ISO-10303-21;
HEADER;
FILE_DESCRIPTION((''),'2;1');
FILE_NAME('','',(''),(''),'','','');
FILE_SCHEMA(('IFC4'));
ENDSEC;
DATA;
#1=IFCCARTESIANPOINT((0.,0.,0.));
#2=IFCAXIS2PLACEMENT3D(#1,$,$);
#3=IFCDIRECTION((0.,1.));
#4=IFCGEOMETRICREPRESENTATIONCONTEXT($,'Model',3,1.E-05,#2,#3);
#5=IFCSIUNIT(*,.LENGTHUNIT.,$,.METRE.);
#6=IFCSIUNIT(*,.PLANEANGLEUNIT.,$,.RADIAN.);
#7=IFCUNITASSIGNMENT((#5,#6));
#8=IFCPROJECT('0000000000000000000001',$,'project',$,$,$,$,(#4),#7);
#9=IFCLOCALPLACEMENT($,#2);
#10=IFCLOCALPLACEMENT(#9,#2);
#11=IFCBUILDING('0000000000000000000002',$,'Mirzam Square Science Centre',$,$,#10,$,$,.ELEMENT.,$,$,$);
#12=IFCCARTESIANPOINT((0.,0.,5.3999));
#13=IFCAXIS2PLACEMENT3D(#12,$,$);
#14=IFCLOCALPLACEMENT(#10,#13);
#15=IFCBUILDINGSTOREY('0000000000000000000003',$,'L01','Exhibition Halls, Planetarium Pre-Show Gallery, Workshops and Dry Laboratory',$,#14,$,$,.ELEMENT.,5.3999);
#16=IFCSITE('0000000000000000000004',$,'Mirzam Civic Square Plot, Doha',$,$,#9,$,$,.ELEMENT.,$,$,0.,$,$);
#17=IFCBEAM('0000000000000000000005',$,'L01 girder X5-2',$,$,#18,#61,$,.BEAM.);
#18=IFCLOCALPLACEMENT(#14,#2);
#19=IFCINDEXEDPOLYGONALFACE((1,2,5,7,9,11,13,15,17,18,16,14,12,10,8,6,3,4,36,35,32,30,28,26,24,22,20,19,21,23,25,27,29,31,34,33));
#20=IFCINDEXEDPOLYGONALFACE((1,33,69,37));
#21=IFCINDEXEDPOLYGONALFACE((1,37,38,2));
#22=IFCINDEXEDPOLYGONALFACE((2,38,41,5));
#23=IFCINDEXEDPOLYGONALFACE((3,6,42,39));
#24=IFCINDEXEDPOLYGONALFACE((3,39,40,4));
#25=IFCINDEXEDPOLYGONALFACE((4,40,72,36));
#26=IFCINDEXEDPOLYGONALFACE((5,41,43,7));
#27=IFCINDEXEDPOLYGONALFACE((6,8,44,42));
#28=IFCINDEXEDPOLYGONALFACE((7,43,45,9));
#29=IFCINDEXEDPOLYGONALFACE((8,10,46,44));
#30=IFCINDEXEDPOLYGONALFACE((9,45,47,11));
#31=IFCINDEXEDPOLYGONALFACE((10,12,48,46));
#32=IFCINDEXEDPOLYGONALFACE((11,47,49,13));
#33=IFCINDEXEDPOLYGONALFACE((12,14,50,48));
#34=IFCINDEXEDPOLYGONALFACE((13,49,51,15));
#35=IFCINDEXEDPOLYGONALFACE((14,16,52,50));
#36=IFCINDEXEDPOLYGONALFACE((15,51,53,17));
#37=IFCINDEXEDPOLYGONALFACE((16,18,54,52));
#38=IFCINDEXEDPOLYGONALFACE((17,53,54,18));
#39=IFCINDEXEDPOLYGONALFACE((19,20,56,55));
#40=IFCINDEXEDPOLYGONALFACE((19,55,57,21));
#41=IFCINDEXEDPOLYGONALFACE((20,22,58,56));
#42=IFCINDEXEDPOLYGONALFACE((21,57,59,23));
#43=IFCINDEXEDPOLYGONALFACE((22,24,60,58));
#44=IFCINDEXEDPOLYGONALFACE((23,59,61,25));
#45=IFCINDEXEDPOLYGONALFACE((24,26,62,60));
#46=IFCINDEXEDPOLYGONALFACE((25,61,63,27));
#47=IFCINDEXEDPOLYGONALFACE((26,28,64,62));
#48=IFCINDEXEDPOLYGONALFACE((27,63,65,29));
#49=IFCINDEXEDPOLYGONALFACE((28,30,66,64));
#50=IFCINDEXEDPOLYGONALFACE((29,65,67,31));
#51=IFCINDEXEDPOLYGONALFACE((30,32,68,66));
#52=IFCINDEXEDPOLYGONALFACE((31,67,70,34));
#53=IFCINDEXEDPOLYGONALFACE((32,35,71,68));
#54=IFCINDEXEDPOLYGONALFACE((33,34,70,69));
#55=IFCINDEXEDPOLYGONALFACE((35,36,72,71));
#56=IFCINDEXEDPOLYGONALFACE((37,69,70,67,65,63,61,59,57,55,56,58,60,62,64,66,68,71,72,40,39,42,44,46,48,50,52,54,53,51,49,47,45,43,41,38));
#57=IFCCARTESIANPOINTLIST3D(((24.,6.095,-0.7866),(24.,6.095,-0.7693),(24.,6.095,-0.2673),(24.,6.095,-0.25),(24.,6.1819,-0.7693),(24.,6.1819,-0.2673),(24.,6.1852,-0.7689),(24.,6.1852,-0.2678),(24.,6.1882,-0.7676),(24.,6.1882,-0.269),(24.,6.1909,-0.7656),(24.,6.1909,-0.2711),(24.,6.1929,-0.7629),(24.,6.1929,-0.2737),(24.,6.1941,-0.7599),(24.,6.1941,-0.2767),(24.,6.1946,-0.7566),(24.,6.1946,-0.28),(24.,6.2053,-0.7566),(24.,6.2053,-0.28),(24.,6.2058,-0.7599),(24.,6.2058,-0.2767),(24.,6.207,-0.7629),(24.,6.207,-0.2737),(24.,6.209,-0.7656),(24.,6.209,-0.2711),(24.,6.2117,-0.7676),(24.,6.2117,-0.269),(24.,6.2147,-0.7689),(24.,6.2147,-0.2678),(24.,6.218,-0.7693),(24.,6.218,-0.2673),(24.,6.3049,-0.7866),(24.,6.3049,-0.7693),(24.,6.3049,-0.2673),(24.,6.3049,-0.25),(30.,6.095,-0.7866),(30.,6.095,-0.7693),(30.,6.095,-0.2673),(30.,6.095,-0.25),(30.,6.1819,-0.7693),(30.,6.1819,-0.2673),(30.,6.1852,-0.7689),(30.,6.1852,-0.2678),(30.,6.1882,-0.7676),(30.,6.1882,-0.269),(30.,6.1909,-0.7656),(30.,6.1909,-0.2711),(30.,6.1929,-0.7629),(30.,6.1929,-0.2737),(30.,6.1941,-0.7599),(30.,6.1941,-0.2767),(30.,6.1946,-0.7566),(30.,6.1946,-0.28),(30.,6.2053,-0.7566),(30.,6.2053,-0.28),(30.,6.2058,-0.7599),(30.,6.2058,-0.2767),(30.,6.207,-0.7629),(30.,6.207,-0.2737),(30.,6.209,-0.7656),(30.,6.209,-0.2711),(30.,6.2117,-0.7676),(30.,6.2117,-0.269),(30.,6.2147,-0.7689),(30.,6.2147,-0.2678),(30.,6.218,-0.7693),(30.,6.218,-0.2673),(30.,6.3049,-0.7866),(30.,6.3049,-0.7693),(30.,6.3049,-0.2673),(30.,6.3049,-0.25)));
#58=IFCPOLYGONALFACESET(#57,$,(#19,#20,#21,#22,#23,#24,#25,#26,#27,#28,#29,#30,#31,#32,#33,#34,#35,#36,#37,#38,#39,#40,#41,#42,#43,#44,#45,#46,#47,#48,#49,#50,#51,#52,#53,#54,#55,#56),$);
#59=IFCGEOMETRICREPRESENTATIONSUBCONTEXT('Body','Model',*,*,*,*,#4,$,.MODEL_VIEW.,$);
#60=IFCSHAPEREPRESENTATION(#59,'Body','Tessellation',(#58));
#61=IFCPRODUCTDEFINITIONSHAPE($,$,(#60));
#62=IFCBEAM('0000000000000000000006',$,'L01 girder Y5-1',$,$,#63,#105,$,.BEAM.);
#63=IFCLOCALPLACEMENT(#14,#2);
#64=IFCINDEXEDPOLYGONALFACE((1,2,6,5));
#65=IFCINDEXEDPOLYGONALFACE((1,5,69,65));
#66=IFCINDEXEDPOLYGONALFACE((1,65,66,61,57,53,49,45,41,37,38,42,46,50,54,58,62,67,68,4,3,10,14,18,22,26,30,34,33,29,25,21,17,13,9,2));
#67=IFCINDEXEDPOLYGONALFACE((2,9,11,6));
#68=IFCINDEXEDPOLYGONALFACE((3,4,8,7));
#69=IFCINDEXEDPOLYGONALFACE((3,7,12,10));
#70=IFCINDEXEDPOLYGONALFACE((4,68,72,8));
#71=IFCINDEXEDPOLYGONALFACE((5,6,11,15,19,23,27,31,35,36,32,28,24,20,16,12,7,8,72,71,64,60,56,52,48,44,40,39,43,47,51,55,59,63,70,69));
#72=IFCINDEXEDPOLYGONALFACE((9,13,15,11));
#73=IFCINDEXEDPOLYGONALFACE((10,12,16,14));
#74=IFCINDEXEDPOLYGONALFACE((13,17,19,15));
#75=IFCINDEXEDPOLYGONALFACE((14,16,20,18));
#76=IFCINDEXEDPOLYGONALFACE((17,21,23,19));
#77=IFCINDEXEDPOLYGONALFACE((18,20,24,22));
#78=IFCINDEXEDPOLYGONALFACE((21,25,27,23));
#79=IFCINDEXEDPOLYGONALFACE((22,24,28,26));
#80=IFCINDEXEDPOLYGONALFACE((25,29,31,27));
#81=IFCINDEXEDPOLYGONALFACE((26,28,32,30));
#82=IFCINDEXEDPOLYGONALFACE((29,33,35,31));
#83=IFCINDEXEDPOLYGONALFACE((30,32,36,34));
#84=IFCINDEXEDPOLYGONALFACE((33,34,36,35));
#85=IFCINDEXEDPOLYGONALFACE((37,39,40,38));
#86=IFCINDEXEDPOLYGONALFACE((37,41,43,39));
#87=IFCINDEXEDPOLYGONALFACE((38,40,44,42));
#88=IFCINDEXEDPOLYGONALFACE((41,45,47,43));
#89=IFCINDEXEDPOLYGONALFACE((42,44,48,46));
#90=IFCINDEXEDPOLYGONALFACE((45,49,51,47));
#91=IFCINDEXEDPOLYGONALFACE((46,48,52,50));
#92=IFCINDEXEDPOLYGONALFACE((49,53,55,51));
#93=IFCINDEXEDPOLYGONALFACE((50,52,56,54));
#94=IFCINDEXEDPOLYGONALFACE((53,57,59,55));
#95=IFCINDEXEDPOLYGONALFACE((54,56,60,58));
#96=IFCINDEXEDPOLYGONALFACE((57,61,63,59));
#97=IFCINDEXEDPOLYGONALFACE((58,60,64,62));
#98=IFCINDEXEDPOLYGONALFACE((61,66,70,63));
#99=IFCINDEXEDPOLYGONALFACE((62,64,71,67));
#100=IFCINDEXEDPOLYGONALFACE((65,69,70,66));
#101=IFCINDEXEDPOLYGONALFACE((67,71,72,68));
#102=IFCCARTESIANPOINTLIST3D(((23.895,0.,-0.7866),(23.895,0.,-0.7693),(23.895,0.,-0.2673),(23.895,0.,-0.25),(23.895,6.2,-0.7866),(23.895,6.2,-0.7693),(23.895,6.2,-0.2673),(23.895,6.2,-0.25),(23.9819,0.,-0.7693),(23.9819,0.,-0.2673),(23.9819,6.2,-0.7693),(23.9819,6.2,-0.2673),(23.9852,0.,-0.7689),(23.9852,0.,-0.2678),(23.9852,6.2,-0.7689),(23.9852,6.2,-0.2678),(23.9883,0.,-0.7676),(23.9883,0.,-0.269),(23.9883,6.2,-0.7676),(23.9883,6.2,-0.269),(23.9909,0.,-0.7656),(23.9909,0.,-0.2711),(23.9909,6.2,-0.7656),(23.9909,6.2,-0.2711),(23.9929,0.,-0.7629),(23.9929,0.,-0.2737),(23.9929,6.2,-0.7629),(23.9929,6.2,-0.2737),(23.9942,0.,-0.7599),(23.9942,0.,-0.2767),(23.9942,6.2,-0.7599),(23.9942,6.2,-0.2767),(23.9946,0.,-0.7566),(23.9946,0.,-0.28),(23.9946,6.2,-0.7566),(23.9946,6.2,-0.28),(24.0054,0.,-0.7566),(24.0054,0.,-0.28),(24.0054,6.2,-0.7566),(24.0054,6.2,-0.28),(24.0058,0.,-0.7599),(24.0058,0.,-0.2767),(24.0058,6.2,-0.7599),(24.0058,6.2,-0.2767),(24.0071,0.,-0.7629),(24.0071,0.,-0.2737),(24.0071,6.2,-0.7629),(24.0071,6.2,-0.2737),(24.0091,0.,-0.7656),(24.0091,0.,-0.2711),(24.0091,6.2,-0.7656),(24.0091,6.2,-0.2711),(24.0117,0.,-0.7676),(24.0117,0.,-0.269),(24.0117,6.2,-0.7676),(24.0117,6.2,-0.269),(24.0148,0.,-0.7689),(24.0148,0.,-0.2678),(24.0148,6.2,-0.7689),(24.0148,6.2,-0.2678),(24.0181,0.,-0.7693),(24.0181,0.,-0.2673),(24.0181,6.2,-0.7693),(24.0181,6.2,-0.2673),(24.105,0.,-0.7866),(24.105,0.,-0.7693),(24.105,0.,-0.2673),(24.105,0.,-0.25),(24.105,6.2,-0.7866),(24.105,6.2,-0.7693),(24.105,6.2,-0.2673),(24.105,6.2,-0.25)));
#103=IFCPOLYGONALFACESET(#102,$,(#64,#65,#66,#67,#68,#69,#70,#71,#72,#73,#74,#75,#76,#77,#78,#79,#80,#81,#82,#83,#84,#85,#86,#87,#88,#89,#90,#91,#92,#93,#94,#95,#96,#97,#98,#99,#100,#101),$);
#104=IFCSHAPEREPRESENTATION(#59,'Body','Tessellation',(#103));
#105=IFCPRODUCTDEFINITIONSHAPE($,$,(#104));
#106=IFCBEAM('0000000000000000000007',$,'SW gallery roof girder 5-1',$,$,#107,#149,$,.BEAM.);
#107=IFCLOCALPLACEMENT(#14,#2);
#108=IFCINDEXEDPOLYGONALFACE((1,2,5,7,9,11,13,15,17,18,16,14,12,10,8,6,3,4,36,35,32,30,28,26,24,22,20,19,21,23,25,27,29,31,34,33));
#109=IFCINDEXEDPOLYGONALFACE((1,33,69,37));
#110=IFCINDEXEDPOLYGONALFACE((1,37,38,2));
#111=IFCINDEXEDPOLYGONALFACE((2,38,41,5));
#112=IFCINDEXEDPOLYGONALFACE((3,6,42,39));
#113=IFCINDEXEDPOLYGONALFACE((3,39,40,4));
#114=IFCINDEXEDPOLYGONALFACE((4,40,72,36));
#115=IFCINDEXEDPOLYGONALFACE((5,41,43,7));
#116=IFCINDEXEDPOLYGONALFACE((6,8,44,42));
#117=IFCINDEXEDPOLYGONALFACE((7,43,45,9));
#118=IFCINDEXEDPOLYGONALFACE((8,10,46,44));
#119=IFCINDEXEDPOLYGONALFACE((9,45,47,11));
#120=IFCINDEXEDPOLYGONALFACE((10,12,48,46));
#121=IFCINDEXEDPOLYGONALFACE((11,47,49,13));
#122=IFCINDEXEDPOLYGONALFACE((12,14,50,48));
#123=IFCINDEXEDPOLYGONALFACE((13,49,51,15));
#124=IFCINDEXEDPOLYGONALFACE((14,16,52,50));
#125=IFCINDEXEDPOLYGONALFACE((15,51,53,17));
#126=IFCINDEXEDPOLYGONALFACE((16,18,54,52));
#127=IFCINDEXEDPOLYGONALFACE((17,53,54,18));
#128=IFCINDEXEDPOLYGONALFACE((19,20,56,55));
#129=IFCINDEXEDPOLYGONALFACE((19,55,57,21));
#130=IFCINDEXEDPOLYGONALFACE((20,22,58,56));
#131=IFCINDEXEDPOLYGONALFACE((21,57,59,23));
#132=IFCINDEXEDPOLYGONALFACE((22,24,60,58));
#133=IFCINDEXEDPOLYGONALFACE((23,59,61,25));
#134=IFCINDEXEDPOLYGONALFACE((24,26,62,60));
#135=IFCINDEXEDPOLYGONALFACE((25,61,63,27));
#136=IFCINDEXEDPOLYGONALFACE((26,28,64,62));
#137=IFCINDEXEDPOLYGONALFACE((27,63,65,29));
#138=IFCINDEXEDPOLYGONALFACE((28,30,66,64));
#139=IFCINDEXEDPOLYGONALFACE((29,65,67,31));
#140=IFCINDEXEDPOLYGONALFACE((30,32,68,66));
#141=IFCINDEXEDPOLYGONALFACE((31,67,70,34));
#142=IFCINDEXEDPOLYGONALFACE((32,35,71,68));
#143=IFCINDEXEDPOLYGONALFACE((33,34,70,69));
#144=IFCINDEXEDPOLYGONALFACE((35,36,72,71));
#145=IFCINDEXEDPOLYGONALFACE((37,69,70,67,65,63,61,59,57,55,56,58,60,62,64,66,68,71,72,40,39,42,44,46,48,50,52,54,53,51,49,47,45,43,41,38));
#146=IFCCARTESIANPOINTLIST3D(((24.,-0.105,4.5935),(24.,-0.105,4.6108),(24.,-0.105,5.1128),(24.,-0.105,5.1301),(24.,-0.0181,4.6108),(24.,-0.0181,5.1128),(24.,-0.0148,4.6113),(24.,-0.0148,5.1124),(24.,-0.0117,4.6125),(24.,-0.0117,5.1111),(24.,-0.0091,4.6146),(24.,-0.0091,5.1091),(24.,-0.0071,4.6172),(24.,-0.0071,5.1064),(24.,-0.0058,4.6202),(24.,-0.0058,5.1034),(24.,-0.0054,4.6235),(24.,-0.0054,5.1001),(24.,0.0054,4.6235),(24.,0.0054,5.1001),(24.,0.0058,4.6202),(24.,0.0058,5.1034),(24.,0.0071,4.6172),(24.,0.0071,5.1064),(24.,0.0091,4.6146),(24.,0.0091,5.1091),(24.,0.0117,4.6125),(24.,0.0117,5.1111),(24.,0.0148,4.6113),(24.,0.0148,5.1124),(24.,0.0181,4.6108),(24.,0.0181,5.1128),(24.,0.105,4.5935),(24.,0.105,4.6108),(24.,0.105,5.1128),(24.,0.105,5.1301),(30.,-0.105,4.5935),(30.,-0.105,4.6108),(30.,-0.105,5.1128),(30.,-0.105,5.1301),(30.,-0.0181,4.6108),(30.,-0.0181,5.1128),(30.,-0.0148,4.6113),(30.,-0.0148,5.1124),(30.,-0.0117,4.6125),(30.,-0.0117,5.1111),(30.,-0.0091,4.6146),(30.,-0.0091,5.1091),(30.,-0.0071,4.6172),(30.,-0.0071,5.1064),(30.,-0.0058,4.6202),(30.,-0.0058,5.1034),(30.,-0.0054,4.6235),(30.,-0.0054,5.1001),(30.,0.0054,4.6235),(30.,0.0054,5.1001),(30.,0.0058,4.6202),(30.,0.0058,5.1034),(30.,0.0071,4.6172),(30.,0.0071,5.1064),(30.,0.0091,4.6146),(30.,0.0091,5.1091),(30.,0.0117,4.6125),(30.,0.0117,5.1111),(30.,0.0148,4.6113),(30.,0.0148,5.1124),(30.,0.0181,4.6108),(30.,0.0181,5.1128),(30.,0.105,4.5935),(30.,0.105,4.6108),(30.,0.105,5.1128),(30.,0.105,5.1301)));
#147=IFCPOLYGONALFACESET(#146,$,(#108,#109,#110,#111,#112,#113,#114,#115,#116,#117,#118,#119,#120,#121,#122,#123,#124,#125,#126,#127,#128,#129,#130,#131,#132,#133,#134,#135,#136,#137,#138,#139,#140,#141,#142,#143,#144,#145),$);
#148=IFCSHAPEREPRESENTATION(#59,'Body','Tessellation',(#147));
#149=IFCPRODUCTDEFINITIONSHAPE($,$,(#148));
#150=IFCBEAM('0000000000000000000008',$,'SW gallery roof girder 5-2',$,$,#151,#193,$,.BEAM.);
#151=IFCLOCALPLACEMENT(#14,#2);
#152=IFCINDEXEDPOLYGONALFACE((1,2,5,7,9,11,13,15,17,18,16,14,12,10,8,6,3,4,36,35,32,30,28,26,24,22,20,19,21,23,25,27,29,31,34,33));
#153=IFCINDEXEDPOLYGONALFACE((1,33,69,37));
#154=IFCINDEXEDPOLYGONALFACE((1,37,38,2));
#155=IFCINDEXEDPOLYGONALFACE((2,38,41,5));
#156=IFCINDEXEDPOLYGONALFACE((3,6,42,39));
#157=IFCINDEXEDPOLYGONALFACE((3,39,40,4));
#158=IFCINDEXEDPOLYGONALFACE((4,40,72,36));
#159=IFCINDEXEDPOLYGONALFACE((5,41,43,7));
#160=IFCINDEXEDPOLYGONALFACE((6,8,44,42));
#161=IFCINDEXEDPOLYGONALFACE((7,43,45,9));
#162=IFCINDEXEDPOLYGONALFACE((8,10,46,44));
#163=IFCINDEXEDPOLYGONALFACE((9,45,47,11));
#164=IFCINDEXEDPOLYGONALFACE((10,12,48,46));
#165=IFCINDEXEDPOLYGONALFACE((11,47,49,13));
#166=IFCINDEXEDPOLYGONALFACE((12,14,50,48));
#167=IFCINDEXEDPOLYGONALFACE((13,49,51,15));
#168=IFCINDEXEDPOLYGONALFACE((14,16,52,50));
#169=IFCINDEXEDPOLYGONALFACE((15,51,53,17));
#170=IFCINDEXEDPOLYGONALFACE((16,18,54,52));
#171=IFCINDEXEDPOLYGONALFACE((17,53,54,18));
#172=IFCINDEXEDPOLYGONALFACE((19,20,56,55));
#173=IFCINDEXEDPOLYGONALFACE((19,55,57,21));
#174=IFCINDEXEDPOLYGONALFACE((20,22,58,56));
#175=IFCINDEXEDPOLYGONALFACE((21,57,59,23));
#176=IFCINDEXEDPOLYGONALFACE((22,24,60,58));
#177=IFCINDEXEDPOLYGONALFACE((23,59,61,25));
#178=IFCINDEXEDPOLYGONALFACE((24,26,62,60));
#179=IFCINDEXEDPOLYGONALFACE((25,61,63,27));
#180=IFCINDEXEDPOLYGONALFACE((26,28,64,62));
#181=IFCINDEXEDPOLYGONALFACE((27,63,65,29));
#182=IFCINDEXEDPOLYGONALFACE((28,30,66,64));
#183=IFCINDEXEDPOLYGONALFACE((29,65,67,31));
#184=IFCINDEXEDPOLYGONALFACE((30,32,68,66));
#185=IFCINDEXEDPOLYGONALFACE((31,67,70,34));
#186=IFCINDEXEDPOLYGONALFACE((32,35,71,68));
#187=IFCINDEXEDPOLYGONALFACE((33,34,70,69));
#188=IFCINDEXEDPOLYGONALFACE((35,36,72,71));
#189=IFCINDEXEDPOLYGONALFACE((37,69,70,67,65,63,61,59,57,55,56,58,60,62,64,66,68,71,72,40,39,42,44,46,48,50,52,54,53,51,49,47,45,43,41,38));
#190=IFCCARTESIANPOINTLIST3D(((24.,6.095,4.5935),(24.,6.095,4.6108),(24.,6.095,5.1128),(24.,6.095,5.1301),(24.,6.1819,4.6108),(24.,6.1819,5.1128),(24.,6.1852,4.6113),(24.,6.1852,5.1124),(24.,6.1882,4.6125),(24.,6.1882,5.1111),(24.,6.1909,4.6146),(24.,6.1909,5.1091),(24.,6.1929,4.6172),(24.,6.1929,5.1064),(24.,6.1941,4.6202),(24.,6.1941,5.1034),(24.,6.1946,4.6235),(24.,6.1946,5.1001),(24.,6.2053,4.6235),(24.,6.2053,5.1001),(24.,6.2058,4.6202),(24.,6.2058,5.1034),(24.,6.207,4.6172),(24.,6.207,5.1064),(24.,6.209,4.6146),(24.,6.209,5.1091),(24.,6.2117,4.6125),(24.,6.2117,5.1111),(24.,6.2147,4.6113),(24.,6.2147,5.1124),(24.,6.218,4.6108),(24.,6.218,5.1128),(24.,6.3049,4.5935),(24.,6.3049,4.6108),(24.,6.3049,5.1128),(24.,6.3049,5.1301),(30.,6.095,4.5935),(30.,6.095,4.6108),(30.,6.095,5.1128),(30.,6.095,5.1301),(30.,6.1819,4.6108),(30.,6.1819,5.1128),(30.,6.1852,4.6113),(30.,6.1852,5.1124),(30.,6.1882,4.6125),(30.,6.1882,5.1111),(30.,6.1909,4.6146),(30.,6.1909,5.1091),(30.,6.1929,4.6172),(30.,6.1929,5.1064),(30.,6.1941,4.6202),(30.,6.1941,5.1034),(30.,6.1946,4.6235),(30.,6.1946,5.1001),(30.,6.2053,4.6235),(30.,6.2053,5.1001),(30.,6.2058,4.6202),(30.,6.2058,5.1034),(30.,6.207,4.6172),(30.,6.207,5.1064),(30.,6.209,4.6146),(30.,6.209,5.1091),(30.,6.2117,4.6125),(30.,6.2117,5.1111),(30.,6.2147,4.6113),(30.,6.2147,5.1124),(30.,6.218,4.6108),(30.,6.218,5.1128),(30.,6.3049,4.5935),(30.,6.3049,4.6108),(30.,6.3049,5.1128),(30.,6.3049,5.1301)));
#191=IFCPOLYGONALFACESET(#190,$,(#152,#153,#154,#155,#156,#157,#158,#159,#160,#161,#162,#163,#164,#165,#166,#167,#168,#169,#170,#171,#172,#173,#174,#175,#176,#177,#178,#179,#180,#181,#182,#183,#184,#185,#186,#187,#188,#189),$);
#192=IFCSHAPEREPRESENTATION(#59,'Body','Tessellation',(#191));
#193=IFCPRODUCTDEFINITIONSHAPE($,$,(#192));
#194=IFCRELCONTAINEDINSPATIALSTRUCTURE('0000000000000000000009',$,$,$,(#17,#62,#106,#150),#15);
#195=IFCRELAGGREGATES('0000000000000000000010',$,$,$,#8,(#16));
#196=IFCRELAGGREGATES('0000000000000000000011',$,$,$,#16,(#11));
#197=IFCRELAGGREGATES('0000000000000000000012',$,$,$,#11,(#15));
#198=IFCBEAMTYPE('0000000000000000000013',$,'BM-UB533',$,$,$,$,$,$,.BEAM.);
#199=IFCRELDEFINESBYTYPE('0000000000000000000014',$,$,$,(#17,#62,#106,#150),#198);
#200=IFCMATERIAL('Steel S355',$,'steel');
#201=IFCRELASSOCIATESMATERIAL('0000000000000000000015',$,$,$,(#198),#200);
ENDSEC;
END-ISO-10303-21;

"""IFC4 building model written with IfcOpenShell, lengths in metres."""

from ifc_helpers import new_model, si_unit, direction, frame, origin, origin_2d, place, context, subcontext, project, spatial, i_section, extrude, material, material_profile, profile_set, type_object, element, save


model = new_model("IFC4")

# Units and contexts
model_context = context("Model", 3, precision=1e-05, world=origin(), true_north=direction((0.0, 1.0)))
body_context = subcontext(model_context, "Body", "Model", "MODEL_VIEW")
ifc_project = project(units=[si_unit("LENGTHUNIT", "METRE"), si_unit("PLANEANGLEUNIT", "RADIAN")], contexts=[model_context])

# Site, building, storey
site_placement = place(None, origin())
site = spatial("IfcSite", under=ifc_project, at=site_placement, Name="Mirzam Civic Square Plot, Doha", CompositionType="ELEMENT", RefElevation=0.0)
building_placement = place(site_placement, origin())
building = spatial("IfcBuilding", under=site, at=building_placement, Name="Mirzam Square Science Centre", CompositionType="ELEMENT")
storey_placement = place(building_placement, frame((0.0, 0.0, 5.3999)))
storey = spatial("IfcBuildingStorey", under=building, at=storey_placement, Name="L01", Description="Exhibition Halls, Planetarium Pre-Show Gallery, Workshops and Dry Laboratory", CompositionType="ELEMENT", Elevation=5.3999)

# Shared definitions
ifc_material_1 = material(Name="Steel S355", Category="steel")

# Beams
ifc_material_profile_1 = material_profile(ifc_material_1, i_section(OverallWidth=0.21, OverallDepth=0.5366, WebThickness=0.0107, FlangeThickness=0.0173, FilletRadius=0.0127, at=origin_2d()), Name="533x210x101UB")
ifc_profile_set_1 = profile_set([ifc_material_profile_1], Name="Steel S355")
beam_type_1 = type_object("IfcBeamType", Name="BM-UB533", PredefinedType="BEAM", material=ifc_profile_set_1)
beam_1_placement = place(storey_placement, frame((24.0, 6.2, -0.5183), z_axis=(1.0, 0.0, 0.0), x_axis=(0.0, 1.0, 0.0)))
element("IfcBeam", 1, at=beam_1_placement, inside=storey, type_object=beam_type_1, Name="L01 girder X5-2", PredefinedType="BEAM", context=body_context, shape_type="SweptSolid", body=[
    extrude(i_section(OverallWidth=0.21, OverallDepth=0.5366, WebThickness=0.0107, FlangeThickness=0.0173, FilletRadius=0.0127, at=origin_2d()), origin(), (0.0, 0.0, 1.0), 6.0),
])
beam_2_placement = place(storey_placement, frame((24.0, 0.0, -0.5183), z_axis=(0.0, 1.0, 0.0), x_axis=(-1.0, 0.0, 0.0)))
element("IfcBeam", 2, at=beam_2_placement, inside=storey, type_object=beam_type_1, Name="L01 girder Y5-1", PredefinedType="BEAM", context=body_context, shape_type="SweptSolid", body=[
    extrude(i_section(OverallWidth=0.21, OverallDepth=0.5366, WebThickness=0.0107, FlangeThickness=0.0173, FilletRadius=0.0127, at=origin_2d()), origin(), (0.0, 0.0, 1.0), 6.2),
])
for number, where, z_axis, x_axis, name in (
    (3, (24.0, 0.0, 4.8618), (1.0, 0.0, 0.0), (0.0, 1.0, 0.0), "SW gallery roof girder 5-1"),
    (4, (24.0, 6.2, 4.8618), (1.0, 0.0, 0.0), (0.0, 1.0, 0.0), "SW gallery roof girder 5-2"),
):
    element("IfcBeam", number, at=place(storey_placement, frame(where, z_axis=z_axis, x_axis=x_axis)), inside=storey, type_object=beam_type_1, Name=name, PredefinedType="BEAM", context=body_context, shape_type="SweptSolid", body=[
        extrude(i_section(OverallWidth=0.21, OverallDepth=0.5366, WebThickness=0.0107, FlangeThickness=0.0173, FilletRadius=0.0127, at=origin_2d()), origin(), (0.0, 0.0, 1.0), 6.0),
    ])

save(model, "model.ifc")
